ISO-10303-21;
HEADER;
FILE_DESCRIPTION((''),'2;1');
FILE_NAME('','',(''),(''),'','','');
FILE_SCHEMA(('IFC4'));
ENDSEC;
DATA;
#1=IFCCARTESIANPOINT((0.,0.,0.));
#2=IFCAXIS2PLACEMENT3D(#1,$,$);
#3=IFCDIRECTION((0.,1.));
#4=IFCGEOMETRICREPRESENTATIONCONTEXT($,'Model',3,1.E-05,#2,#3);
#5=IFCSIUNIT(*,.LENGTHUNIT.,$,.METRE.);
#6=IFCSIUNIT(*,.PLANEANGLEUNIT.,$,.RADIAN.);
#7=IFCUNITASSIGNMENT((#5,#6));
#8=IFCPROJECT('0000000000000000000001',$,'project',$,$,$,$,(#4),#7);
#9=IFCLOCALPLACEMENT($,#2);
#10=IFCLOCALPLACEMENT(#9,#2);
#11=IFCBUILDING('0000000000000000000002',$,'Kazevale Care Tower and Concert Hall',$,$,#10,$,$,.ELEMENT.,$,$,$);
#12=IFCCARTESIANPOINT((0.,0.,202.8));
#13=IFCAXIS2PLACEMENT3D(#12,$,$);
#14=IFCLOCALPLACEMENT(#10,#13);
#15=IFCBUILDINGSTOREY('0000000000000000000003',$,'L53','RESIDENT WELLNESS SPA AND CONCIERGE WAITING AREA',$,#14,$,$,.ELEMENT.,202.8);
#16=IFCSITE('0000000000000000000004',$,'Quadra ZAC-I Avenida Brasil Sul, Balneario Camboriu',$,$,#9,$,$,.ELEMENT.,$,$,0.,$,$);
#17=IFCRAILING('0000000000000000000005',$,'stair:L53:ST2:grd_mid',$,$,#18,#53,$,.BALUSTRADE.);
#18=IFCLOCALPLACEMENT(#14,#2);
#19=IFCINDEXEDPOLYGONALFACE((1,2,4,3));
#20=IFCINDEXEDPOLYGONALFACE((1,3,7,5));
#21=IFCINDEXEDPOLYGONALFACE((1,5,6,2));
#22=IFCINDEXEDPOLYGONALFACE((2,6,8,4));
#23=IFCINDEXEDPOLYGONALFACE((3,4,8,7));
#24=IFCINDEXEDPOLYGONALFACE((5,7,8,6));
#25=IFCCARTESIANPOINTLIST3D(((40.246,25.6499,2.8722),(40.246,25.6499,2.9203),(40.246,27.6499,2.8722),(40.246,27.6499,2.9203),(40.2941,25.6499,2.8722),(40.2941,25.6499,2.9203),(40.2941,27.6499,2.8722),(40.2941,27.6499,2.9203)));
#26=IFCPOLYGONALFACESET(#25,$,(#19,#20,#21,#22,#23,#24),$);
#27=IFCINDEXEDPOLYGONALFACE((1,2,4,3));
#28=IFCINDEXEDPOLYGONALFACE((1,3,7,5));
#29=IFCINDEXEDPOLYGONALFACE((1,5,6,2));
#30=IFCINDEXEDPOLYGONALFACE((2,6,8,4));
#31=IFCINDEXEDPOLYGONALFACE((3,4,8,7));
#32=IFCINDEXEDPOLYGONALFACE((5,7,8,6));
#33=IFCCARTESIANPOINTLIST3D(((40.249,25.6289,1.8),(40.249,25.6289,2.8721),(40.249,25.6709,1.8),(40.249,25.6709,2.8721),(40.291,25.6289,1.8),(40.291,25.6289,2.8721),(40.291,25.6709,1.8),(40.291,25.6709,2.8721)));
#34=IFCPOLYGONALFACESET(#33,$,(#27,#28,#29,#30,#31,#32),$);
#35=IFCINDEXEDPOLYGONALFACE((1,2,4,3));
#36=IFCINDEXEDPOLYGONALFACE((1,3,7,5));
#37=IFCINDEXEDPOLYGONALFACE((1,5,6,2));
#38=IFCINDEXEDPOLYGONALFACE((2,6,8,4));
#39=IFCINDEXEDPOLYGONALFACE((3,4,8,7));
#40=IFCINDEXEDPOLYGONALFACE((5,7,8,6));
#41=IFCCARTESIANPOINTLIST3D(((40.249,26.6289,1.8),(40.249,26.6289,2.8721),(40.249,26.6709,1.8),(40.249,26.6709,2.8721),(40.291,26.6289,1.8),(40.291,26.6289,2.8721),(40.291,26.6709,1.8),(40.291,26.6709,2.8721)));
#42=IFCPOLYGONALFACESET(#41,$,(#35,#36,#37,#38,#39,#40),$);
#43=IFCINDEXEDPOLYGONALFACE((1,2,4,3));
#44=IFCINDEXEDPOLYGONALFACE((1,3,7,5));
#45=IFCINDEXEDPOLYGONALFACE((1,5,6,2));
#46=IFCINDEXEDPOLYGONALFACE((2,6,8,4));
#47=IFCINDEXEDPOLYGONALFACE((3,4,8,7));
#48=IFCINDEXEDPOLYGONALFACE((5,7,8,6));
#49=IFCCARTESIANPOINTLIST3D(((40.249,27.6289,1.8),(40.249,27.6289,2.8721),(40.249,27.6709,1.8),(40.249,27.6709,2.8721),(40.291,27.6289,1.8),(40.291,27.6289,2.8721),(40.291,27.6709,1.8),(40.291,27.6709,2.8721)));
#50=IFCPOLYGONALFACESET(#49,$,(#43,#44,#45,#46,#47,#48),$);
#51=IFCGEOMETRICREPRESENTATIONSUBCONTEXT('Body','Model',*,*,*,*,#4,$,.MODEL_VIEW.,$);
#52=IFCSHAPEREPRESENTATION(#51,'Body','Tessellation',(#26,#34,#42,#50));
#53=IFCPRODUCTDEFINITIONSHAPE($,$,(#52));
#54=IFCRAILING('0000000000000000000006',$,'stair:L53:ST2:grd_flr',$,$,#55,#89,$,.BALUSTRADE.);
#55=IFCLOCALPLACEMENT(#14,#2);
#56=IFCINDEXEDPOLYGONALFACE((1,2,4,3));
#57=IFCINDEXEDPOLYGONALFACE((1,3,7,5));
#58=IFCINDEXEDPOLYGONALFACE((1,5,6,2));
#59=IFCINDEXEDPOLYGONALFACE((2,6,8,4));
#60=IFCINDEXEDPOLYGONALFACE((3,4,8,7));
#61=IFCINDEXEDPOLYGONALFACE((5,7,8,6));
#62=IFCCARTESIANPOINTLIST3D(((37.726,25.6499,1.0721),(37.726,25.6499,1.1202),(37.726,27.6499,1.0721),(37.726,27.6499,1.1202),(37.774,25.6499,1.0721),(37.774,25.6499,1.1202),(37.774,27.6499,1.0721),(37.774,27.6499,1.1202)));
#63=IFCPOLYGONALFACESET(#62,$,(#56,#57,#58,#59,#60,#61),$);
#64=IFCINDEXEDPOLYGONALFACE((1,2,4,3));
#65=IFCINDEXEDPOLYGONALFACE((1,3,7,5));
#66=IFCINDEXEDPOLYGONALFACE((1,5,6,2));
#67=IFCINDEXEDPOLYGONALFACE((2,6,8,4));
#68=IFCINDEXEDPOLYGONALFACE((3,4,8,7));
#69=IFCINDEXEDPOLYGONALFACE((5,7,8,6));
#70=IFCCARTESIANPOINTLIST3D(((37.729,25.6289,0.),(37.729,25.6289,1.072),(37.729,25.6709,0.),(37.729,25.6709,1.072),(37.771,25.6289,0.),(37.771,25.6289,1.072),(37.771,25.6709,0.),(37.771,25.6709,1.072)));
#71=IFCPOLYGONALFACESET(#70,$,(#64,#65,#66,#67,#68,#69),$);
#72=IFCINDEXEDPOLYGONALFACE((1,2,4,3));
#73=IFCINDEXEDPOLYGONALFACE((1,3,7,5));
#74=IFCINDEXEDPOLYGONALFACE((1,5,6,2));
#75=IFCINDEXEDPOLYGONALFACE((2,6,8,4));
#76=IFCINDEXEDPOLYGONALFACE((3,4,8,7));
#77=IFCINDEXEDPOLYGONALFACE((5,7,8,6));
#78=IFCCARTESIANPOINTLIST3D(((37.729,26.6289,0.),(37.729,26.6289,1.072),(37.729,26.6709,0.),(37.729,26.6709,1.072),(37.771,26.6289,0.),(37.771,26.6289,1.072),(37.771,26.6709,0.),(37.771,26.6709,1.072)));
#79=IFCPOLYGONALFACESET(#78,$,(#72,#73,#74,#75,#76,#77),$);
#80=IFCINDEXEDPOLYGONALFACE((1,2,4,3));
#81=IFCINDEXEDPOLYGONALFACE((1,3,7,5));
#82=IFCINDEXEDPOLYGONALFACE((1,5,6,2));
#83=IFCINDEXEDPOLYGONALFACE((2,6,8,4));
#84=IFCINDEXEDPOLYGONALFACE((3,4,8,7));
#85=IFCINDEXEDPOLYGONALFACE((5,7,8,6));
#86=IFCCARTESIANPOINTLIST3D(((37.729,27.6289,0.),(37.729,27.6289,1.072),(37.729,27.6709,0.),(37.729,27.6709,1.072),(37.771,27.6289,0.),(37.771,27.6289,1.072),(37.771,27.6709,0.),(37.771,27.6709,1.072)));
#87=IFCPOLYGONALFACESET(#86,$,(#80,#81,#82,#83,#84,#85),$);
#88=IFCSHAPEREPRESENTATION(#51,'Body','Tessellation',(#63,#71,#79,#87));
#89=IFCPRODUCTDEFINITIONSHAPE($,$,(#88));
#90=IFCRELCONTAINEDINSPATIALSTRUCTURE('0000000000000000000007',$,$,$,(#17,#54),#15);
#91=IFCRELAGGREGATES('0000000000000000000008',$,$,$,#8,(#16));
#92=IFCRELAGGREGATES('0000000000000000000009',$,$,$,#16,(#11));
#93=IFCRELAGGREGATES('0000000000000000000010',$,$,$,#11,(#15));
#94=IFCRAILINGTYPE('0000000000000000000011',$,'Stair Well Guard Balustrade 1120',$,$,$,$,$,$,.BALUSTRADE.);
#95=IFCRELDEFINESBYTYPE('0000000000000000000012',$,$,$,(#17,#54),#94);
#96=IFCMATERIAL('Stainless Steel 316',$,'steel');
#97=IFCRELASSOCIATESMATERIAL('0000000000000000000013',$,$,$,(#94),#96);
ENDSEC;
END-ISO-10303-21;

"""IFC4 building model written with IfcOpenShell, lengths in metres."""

from ifc_helpers import new_model, si_unit, direction, frame, origin, origin_2d, place, context, subcontext, project, spatial, rectangle, extrude, material, type_object, element, save


model = new_model("IFC4")

# Units and contexts
model_context = context("Model", 3, precision=1e-05, world=origin(), true_north=direction((0.0, 1.0)))
body_context = subcontext(model_context, "Body", "Model", "MODEL_VIEW")
ifc_project = project(units=[si_unit("LENGTHUNIT", "METRE"), si_unit("PLANEANGLEUNIT", "RADIAN")], contexts=[model_context])

# Site, building, storey
site_placement = place(None, origin())
site = spatial("IfcSite", under=ifc_project, at=site_placement, Name="Quadra ZAC-I Avenida Brasil Sul, Balneario Camboriu", CompositionType="ELEMENT", RefElevation=0.0)
building_placement = place(site_placement, origin())
building = spatial("IfcBuilding", under=site, at=building_placement, Name="Kazevale Care Tower and Concert Hall", CompositionType="ELEMENT")
storey_placement = place(building_placement, frame((0.0, 0.0, 202.8)))
storey = spatial("IfcBuildingStorey", under=building, at=storey_placement, Name="L53", Description="RESIDENT WELLNESS SPA AND CONCIERGE WAITING AREA", CompositionType="ELEMENT", Elevation=202.8)

# Railings
ifc_material_1 = material(Name="Stainless Steel 316", Category="steel")
railing_type_1 = type_object("IfcRailingType", Name="Stair Well Guard Balustrade 1120", PredefinedType="BALUSTRADE", material=ifc_material_1)
for number, where, name in (
    (1, (40.27, 25.6499, 1.8), "stair:L53:ST2:grd_mid"),
    (2, (37.75, 25.6499, 0.0), "stair:L53:ST2:grd_flr"),
):
    element("IfcRailing", number, at=place(storey_placement, frame(where)), inside=storey, type_object=railing_type_1, Name=name, PredefinedType="BALUSTRADE", context=body_context, shape_type="SweptSolid", body=[
        extrude(rectangle(XDim=0.0481, YDim=0.0481, at=origin_2d()), frame((0.0, 0.0, 1.0962), z_axis=(0.0, 1.0, 0.0), x_axis=(-1.0, 0.0, 0.0)), (0.0, 0.0, 1.0), 2.0),
        extrude(rectangle(XDim=0.042, YDim=0.042, at=origin_2d()), origin(), (0.0, 0.0, 1.0), 1.072),
        extrude(rectangle(XDim=0.042, YDim=0.042, at=origin_2d()), frame((0.0, 1.0, 0.0)), (0.0, 0.0, 1.0), 1.072),
        extrude(rectangle(XDim=0.042, YDim=0.042, at=origin_2d()), frame((0.0, 2.0, 0.0)), (0.0, 0.0, 1.0), 1.072),
    ])

save(model, "model.ifc")
